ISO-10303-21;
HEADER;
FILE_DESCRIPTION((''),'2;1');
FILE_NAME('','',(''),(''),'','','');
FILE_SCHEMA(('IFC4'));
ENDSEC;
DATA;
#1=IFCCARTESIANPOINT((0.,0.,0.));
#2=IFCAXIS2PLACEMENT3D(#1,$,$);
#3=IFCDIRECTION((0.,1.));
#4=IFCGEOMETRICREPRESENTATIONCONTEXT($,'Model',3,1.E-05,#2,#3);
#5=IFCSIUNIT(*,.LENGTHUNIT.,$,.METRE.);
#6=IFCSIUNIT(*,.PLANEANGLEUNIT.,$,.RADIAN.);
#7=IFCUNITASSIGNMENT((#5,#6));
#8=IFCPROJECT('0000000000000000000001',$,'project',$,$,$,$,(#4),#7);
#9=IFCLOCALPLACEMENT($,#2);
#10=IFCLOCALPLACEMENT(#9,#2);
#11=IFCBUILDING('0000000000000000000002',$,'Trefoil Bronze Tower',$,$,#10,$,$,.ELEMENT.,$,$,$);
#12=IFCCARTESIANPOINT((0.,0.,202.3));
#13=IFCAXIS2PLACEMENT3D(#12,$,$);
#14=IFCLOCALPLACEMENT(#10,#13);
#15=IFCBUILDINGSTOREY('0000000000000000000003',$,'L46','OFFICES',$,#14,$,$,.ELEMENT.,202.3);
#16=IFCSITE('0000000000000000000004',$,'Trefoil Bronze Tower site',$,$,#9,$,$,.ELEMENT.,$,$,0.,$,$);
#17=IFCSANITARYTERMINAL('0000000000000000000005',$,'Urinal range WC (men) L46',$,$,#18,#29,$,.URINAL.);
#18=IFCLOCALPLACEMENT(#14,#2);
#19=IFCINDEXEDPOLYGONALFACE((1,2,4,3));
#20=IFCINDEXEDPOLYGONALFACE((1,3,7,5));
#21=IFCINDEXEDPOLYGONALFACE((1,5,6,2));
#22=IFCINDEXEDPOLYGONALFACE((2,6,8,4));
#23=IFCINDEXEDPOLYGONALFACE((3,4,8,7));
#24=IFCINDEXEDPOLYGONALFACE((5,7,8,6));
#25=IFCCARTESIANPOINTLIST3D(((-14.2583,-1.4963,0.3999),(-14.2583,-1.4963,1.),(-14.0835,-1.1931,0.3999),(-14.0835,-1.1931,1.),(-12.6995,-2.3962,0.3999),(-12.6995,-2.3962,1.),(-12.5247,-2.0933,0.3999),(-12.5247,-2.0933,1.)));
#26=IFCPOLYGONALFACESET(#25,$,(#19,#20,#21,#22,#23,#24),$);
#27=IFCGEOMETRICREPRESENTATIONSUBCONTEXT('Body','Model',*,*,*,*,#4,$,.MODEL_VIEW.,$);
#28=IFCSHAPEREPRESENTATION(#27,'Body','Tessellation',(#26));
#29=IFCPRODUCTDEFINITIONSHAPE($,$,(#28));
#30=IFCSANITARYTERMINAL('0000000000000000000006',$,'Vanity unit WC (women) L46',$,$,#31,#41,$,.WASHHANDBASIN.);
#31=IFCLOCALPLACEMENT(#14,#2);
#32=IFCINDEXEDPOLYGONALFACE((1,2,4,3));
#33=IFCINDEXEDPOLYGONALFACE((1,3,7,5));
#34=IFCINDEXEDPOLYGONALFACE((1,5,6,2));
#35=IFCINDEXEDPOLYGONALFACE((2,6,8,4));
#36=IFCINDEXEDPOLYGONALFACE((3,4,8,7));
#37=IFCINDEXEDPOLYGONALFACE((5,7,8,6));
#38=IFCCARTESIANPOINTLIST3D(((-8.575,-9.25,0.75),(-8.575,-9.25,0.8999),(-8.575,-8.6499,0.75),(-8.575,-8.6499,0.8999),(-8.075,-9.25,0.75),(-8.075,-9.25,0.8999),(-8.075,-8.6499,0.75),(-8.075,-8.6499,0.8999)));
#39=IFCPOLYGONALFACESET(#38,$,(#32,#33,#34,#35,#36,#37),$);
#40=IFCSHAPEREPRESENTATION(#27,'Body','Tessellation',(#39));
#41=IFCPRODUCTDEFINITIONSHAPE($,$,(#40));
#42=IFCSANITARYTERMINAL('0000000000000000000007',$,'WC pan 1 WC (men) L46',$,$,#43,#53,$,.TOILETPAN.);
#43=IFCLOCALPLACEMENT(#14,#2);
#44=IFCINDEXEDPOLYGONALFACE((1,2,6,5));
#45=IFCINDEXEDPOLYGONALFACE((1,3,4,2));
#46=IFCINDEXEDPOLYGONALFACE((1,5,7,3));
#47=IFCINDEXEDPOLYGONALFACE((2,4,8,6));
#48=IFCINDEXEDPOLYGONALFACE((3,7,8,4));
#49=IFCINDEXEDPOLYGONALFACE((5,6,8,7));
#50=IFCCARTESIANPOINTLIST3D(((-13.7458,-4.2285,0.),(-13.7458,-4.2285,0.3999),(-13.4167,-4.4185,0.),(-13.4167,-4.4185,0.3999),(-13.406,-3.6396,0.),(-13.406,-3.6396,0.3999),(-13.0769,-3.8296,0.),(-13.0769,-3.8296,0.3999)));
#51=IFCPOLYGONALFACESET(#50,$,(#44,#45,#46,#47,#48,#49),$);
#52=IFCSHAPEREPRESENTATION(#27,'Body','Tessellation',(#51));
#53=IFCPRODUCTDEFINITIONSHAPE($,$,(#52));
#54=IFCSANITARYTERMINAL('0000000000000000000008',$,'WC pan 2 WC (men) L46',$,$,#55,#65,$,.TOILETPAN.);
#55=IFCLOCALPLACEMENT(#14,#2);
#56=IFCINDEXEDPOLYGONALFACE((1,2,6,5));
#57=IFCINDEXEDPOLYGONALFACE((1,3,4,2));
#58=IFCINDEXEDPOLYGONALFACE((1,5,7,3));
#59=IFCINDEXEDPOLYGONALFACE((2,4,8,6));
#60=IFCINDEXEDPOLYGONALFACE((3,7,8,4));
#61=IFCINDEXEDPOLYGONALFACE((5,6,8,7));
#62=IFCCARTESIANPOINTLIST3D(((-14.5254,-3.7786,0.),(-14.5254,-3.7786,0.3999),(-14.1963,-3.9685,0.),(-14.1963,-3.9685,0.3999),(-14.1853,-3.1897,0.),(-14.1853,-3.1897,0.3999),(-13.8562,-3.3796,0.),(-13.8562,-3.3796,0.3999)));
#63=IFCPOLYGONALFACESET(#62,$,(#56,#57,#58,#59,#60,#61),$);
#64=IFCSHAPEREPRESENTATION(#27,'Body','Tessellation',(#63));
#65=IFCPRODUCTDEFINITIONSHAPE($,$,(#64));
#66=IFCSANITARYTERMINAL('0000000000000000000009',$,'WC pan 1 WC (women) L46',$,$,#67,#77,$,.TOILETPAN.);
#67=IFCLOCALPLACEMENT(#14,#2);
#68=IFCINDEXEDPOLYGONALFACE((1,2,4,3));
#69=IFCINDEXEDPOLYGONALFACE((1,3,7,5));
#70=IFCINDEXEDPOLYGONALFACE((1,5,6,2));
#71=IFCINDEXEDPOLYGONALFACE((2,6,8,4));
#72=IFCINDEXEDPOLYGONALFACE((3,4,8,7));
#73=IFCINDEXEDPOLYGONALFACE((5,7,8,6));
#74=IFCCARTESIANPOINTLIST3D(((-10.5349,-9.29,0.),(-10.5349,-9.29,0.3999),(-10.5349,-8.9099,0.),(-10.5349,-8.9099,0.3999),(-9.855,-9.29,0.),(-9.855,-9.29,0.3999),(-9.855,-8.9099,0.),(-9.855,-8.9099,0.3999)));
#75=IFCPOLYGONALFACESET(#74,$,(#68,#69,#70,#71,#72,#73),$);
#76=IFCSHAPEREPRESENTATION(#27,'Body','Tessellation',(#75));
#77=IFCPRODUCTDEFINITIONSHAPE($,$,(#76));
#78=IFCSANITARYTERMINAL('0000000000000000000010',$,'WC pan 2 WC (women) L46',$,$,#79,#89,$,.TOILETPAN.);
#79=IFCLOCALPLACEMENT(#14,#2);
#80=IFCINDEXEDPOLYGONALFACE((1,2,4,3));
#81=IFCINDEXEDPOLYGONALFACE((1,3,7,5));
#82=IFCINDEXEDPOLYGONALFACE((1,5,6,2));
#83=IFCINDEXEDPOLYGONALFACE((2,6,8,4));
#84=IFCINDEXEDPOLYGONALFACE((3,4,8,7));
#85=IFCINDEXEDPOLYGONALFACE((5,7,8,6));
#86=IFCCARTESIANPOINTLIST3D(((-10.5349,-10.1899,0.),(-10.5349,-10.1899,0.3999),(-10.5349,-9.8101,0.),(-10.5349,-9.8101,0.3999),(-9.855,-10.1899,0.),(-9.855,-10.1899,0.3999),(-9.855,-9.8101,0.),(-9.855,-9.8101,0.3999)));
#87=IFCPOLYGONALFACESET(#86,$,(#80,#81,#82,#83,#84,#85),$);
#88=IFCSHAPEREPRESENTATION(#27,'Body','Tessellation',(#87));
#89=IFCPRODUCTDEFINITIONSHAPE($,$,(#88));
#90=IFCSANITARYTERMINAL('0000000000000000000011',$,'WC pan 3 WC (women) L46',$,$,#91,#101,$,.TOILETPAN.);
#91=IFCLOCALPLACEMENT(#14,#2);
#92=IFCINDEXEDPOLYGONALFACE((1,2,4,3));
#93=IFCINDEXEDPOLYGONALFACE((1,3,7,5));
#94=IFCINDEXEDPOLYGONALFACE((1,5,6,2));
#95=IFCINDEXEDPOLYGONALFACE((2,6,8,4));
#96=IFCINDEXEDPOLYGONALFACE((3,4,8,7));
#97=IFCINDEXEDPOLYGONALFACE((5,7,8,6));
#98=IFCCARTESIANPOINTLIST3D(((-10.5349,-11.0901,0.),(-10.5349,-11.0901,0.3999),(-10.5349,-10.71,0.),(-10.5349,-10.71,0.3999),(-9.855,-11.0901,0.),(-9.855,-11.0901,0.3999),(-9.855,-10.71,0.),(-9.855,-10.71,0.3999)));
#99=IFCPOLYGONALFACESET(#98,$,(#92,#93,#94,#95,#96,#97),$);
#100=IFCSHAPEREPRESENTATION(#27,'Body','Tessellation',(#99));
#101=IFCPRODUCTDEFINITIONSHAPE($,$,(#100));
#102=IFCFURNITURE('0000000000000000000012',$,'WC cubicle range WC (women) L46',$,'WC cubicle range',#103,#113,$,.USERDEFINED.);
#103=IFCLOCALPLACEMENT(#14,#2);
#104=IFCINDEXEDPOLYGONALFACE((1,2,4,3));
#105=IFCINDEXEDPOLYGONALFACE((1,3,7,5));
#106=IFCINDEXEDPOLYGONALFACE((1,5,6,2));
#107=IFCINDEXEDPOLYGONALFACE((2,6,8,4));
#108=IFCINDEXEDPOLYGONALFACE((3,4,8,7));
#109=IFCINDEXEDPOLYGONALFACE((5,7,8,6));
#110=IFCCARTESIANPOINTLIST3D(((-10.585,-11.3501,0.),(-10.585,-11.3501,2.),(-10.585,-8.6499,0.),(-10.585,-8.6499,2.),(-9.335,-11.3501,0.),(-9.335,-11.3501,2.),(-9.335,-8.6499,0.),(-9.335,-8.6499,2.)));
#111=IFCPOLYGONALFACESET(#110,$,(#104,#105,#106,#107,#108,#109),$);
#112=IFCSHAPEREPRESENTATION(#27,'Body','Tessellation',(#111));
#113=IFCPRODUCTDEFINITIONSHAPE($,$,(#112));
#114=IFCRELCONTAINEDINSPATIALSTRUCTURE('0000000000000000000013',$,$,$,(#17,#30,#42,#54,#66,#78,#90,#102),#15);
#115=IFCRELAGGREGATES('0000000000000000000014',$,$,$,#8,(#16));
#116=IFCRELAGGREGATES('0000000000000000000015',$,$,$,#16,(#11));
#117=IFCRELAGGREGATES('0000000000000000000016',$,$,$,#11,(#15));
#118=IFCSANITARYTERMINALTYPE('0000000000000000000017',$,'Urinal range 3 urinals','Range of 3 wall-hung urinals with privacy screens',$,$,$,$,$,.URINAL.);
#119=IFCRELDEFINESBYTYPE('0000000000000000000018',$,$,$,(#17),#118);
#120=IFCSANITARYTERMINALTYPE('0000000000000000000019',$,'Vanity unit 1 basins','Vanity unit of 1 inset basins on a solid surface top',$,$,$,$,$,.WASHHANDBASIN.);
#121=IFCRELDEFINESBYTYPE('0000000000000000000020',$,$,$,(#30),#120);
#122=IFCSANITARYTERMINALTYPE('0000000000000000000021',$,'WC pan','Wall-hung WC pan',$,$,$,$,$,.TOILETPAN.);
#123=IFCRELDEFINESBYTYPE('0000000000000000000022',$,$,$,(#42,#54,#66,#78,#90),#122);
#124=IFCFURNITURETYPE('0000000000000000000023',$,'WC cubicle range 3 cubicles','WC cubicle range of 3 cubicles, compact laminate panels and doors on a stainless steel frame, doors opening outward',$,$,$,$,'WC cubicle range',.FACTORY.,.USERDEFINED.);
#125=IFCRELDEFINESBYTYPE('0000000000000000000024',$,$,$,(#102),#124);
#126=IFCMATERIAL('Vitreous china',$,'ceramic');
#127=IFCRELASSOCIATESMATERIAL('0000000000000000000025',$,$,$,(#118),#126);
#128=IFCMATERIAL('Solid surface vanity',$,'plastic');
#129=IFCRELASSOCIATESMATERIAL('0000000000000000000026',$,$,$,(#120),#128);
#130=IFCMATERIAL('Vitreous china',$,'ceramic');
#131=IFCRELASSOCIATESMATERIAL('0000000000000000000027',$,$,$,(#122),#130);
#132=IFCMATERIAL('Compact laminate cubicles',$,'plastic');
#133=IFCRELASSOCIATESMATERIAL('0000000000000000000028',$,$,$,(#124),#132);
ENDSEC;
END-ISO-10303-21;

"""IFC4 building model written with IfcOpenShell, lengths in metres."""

from ifc_helpers import new_model, si_unit, direction, frame, origin, place, context, subcontext, project, spatial, polyline, outline, extrude, material, type_object, element, save


model = new_model("IFC4")

# Units and contexts
model_context = context("Model", 3, precision=1e-05, world=origin(), true_north=direction((0.0, 1.0)))
body_context = subcontext(model_context, "Body", "Model", "MODEL_VIEW")
ifc_project = project(units=[si_unit("LENGTHUNIT", "METRE"), si_unit("PLANEANGLEUNIT", "RADIAN")], contexts=[model_context])

# Site, building, storey
site_placement = place(None, origin())
site = spatial("IfcSite", under=ifc_project, at=site_placement, Name="Trefoil Bronze Tower site", CompositionType="ELEMENT", RefElevation=0.0)
building_placement = place(site_placement, origin())
building = spatial("IfcBuilding", under=site, at=building_placement, Name="Trefoil Bronze Tower", CompositionType="ELEMENT")
storey_placement = place(building_placement, frame((0.0, 0.0, 202.3)))
storey = spatial("IfcBuildingStorey", under=building, at=storey_placement, Name="L46", Description="OFFICES", CompositionType="ELEMENT", Elevation=202.3)

# Sanitary terminals
ifc_material_1 = material(Name="Vitreous china", Category="ceramic")
sanitary_terminal_type_1 = type_object("IfcSanitaryTerminalType", Name="Urinal range 3 urinals", Description="Range of 3 wall-hung urinals with privacy screens", PredefinedType="URINAL", material=ifc_material_1)
sanitary_terminal_1_placement = place(storey_placement, frame((0.0, 0.0, 0.3999)))
element("IfcSanitaryTerminal", 1, at=sanitary_terminal_1_placement, inside=storey, type_object=sanitary_terminal_type_1, Name="Urinal range WC (men) L46", PredefinedType="URINAL", context=body_context, shape_type="SweptSolid", body=[
    extrude(outline(polyline([(-12.5247, -2.0933), (-12.6995, -2.3962), (-14.2583, -1.4963), (-14.0835, -1.1931), (-12.5247, -2.0933)])), origin(), (0.0, 0.0, 1.0), 0.6001),
])
ifc_material_2 = material(Name="Solid surface vanity", Category="plastic")
sanitary_terminal_type_2 = type_object("IfcSanitaryTerminalType", Name="Vanity unit 1 basins", Description="Vanity unit of 1 inset basins on a solid surface top", PredefinedType="WASHHANDBASIN", material=ifc_material_2)
sanitary_terminal_2_placement = place(storey_placement, frame((0.0, 0.0, 0.75)))
element("IfcSanitaryTerminal", 2, at=sanitary_terminal_2_placement, inside=storey, type_object=sanitary_terminal_type_2, Name="Vanity unit WC (women) L46", PredefinedType="WASHHANDBASIN", context=body_context, shape_type="SweptSolid", body=[
    extrude(outline(polyline([(-8.075, -8.6499), (-8.575, -8.6499), (-8.575, -9.25), (-8.075, -9.25), (-8.075, -8.6499)])), origin(), (0.0, 0.0, 1.0), 0.1499),
])
ifc_material_3 = material(Name="Vitreous china", Category="ceramic")
sanitary_terminal_type_3 = type_object("IfcSanitaryTerminalType", Name="WC pan", Description="Wall-hung WC pan", PredefinedType="TOILETPAN", material=ifc_material_3)
sanitary_terminal_3_placement = place(storey_placement, origin())
element("IfcSanitaryTerminal", 3, at=sanitary_terminal_3_placement, inside=storey, type_object=sanitary_terminal_type_3, Name="WC pan 1 WC (men) L46", PredefinedType="TOILETPAN", context=body_context, shape_type="SweptSolid", body=[
    extrude(outline(polyline([(-13.0769, -3.8296), (-13.4167, -4.4185), (-13.7458, -4.2285), (-13.406, -3.6396), (-13.0769, -3.8296)])), origin(), (0.0, 0.0, 1.0), 0.3999),
])
sanitary_terminal_4_placement = place(storey_placement, origin())
element("IfcSanitaryTerminal", 4, at=sanitary_terminal_4_placement, inside=storey, type_object=sanitary_terminal_type_3, Name="WC pan 2 WC (men) L46", PredefinedType="TOILETPAN", context=body_context, shape_type="SweptSolid", body=[
    extrude(outline(polyline([(-13.8562, -3.3796), (-14.1963, -3.9685), (-14.5254, -3.7786), (-14.1853, -3.1897), (-13.8562, -3.3796)])), origin(), (0.0, 0.0, 1.0), 0.3999),
])
sanitary_terminal_5_placement = place(storey_placement, origin())
element("IfcSanitaryTerminal", 5, at=sanitary_terminal_5_placement, inside=storey, type_object=sanitary_terminal_type_3, Name="WC pan 1 WC (women) L46", PredefinedType="TOILETPAN", context=body_context, shape_type="SweptSolid", body=[
    extrude(outline(polyline([(-9.855, -8.9099), (-10.5349, -8.9099), (-10.5349, -9.29), (-9.855, -9.29), (-9.855, -8.9099)])), origin(), (0.0, 0.0, 1.0), 0.3999),
])
sanitary_terminal_6_placement = place(storey_placement, origin())
element("IfcSanitaryTerminal", 6, at=sanitary_terminal_6_placement, inside=storey, type_object=sanitary_terminal_type_3, Name="WC pan 2 WC (women) L46", PredefinedType="TOILETPAN", context=body_context, shape_type="SweptSolid", body=[
    extrude(outline(polyline([(-9.855, -9.8101), (-10.5349, -9.8101), (-10.5349, -10.1899), (-9.855, -10.1899), (-9.855, -9.8101)])), origin(), (0.0, 0.0, 1.0), 0.3999),
])
sanitary_terminal_7_placement = place(storey_placement, origin())
element("IfcSanitaryTerminal", 7, at=sanitary_terminal_7_placement, inside=storey, type_object=sanitary_terminal_type_3, Name="WC pan 3 WC (women) L46", PredefinedType="TOILETPAN", context=body_context, shape_type="SweptSolid", body=[
    extrude(outline(polyline([(-9.855, -10.71), (-10.5349, -10.71), (-10.5349, -11.0901), (-9.855, -11.0901), (-9.855, -10.71)])), origin(), (0.0, 0.0, 1.0), 0.3999),
])

# Furniture
ifc_material_4 = material(Name="Compact laminate cubicles", Category="plastic")
furniture_type = type_object("IfcFurnitureType", Name="WC cubicle range 3 cubicles", Description="WC cubicle range of 3 cubicles, compact laminate panels and doors on a stainless steel frame, doors opening outward", ElementType="WC cubicle range", AssemblyPlace="FACTORY", PredefinedType="USERDEFINED", material=ifc_material_4)
furniture_placement = place(storey_placement, origin())
element("IfcFurniture", 8, at=furniture_placement, inside=storey, type_object=furniture_type, Name="WC cubicle range WC (women) L46", ObjectType="WC cubicle range", PredefinedType="USERDEFINED", context=body_context, shape_type="SweptSolid", body=[
    extrude(outline(polyline([(-9.335, -8.6499), (-10.585, -8.6499), (-10.585, -11.3501), (-9.335, -11.3501), (-9.335, -8.6499)])), origin(), (0.0, 0.0, 1.0), 2.0),
])

save(model, "model.ifc")
